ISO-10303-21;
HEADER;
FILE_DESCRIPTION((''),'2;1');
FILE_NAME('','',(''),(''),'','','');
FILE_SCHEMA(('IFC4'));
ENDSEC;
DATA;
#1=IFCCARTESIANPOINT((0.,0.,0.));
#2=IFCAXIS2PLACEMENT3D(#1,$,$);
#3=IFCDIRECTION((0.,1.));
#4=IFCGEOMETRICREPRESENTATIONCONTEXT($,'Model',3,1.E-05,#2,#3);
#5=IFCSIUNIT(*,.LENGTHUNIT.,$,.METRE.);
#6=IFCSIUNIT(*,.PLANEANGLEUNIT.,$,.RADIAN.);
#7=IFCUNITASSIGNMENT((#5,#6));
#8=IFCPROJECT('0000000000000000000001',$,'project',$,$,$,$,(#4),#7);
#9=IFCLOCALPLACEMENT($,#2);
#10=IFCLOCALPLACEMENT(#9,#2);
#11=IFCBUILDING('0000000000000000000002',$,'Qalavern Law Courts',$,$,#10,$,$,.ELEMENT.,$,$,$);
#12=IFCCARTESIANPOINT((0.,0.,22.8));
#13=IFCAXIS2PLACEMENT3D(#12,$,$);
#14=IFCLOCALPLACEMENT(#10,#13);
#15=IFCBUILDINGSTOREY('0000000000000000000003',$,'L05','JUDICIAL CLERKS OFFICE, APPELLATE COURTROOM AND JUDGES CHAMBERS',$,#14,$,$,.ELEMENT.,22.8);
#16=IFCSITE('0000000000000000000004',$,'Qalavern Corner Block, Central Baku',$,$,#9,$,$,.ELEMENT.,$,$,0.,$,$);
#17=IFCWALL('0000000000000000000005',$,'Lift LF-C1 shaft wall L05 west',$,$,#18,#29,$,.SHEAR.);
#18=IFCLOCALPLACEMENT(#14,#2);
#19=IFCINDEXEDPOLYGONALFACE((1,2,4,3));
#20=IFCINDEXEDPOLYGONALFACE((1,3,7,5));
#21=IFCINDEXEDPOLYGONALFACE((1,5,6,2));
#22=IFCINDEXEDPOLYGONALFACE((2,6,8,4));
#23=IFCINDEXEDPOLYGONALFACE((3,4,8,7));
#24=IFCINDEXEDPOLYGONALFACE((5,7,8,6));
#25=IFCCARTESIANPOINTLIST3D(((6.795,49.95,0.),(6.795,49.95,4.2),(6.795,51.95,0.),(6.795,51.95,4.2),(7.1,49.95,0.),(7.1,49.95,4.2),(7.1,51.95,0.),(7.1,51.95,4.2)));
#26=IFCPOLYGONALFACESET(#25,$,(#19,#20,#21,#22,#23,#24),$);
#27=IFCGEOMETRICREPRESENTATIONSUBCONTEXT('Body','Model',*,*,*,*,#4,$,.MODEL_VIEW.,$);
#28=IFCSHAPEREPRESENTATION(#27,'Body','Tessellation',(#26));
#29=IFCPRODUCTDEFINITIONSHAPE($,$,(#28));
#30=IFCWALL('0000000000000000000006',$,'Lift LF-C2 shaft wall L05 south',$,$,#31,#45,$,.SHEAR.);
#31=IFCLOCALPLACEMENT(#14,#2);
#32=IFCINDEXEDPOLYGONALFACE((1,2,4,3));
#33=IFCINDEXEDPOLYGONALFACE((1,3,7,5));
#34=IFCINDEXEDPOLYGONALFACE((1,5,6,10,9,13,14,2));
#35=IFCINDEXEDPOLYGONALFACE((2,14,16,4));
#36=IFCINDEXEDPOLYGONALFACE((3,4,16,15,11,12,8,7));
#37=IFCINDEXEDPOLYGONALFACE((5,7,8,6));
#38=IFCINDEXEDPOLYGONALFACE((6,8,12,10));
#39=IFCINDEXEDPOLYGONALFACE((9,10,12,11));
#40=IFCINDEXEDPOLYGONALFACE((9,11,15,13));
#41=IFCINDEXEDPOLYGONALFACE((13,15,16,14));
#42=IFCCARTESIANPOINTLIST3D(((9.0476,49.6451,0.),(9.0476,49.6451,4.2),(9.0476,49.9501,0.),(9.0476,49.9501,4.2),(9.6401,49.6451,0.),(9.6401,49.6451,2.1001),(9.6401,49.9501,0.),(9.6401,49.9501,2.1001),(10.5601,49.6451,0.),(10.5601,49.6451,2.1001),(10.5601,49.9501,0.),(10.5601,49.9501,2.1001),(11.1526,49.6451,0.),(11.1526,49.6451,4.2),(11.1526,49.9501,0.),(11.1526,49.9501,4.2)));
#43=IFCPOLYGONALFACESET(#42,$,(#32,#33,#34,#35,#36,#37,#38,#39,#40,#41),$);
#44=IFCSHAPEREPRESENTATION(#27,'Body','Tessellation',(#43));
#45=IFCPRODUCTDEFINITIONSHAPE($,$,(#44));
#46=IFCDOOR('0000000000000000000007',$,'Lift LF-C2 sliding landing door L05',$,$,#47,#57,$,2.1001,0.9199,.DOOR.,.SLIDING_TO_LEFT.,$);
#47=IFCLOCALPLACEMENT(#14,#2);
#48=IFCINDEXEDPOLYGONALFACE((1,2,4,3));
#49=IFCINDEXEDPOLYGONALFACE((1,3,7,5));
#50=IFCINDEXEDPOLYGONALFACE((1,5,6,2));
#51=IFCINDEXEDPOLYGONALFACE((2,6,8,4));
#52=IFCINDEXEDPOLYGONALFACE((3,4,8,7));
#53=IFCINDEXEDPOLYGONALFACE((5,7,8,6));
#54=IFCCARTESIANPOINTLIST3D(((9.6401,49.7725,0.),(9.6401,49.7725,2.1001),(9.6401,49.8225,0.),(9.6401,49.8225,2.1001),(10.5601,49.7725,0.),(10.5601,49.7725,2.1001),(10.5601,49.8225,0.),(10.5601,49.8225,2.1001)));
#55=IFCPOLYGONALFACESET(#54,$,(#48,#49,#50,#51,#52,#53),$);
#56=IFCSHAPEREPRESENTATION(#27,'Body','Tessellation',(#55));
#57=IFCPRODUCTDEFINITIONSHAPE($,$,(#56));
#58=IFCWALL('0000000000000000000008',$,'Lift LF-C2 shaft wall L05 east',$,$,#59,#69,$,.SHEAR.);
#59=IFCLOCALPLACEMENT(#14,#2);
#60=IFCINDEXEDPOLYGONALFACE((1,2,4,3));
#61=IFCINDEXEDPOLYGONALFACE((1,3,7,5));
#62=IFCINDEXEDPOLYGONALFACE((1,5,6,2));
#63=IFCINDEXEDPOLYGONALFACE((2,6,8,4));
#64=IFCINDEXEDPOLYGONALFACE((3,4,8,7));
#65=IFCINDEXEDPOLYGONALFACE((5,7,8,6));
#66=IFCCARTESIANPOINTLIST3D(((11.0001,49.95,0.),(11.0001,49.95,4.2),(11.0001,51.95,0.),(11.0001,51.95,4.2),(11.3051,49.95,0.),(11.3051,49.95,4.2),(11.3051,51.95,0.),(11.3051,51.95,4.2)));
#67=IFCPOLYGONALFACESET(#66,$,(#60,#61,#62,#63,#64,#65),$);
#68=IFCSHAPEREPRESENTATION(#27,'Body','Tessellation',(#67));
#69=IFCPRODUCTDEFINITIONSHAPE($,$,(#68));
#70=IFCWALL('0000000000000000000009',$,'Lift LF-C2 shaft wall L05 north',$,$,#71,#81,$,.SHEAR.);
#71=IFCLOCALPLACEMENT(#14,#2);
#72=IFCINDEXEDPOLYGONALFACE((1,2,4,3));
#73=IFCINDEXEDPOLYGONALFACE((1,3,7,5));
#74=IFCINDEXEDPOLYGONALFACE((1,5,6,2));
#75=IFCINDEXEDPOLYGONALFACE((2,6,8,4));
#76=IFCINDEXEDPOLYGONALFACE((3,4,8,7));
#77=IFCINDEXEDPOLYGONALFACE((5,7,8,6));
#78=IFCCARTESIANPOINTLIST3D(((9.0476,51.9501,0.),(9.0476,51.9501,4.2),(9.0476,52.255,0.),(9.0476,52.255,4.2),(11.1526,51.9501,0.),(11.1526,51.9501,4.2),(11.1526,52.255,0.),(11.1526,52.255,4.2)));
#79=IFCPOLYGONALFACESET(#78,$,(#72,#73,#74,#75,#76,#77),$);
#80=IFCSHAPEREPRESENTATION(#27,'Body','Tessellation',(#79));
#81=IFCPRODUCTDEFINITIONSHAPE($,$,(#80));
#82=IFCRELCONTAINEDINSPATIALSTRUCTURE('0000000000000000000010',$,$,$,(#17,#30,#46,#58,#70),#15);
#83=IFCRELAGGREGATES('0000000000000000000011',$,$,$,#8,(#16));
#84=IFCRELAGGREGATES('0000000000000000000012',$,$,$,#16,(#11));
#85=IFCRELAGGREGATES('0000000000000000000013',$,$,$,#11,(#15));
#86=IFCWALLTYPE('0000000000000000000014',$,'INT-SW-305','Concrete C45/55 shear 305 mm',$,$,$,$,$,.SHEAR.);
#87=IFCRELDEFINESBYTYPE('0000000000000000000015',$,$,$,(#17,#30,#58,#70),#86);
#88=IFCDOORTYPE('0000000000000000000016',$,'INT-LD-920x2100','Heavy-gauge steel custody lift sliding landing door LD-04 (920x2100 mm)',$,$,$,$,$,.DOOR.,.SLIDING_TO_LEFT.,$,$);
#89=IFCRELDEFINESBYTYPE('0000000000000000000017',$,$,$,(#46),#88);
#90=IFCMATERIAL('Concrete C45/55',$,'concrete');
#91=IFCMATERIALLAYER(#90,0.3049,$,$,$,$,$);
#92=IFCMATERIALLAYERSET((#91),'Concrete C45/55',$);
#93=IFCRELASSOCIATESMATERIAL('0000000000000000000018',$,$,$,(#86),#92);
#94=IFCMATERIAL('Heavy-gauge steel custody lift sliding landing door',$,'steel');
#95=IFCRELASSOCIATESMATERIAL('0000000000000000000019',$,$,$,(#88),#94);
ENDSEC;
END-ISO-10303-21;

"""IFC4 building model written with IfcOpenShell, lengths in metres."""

from ifc_helpers import new_model, si_unit, direction, frame, frame_2d, origin, place, context, subcontext, project, spatial, rectangle, extrude, material, layer, layer_set, type_object, element, fill, save


model = new_model("IFC4")

# Units and contexts
model_context = context("Model", 3, precision=1e-05, world=origin(), true_north=direction((0.0, 1.0)))
body_context = subcontext(model_context, "Body", "Model", "MODEL_VIEW")
ifc_project = project(units=[si_unit("LENGTHUNIT", "METRE"), si_unit("PLANEANGLEUNIT", "RADIAN")], contexts=[model_context])

# Site, building, storey
site_placement = place(None, origin())
site = spatial("IfcSite", under=ifc_project, at=site_placement, Name="Qalavern Corner Block, Central Baku", CompositionType="ELEMENT", RefElevation=0.0)
building_placement = place(site_placement, origin())
building = spatial("IfcBuilding", under=site, at=building_placement, Name="Qalavern Law Courts", CompositionType="ELEMENT")
storey_placement = place(building_placement, frame((0.0, 0.0, 22.8)))
storey = spatial("IfcBuildingStorey", under=building, at=storey_placement, Name="L05", Description="JUDICIAL CLERKS OFFICE, APPELLATE COURTROOM AND JUDGES CHAMBERS", CompositionType="ELEMENT", Elevation=22.8)

# Shared definitions
ifc_material_1 = material(Name="Concrete C45/55", Category="concrete")

# Shared definitions
ifc_layer_1 = layer(ifc_material_1, 0.3049)
ifc_layer_set_1 = layer_set([ifc_layer_1], Name="Concrete C45/55")
wall_type_1 = type_object("IfcWallType", Name="INT-SW-305", Description="Concrete C45/55 shear 305 mm", PredefinedType="SHEAR", material=ifc_layer_set_1)
ifc_material_2 = material(Name="Heavy-gauge steel custody lift sliding landing door", Category="steel")
door_type_1 = type_object("IfcDoorType", Name="INT-LD-920x2100", Description="Heavy-gauge steel custody lift sliding landing door LD-04 (920x2100 mm)", OperationType="SLIDING_TO_LEFT", PredefinedType="DOOR", material=ifc_material_2)

# Wall
wall_1_placement = place(storey_placement, frame((6.9475, 51.95, 0.0), z_axis=(0.0, 0.0, 1.0), x_axis=(0.0, -1.0, 0.0)))
element("IfcWall", 1, at=wall_1_placement, inside=storey, type_object=wall_type_1, Name="Lift LF-C1 shaft wall L05 west", PredefinedType="SHEAR", context=body_context, shape_type="SweptSolid", body=[
    extrude(rectangle(XDim=2.0, YDim=0.3049, at=frame_2d((1.0, 0.0))), origin(), (0.0, 0.0, 1.0), 4.2),
])

# Wall, opening, door
wall_2_placement = place(storey_placement, frame((9.0476, 49.7976, 0.0), z_axis=(0.0, 0.0, 1.0), x_axis=(1.0, 0.0, 0.0)))
wall_2 = element("IfcWall", 2, at=wall_2_placement, inside=storey, type_object=wall_type_1, Name="Lift LF-C2 shaft wall L05 south", PredefinedType="SHEAR", context=body_context, shape_type="SweptSolid", body=[
    extrude(rectangle(XDim=2.105, YDim=0.3049, at=frame_2d((1.0525, 0.0))), origin(), (0.0, 0.0, 1.0), 4.2),
])
opening_1_placement = place(wall_2_placement, frame((0.5925, 0.0, 0.0)))
opening_1 = element("IfcOpeningElement", 3, at=opening_1_placement, cuts=wall_2, PredefinedType="OPENING", context=body_context, shape_type="SweptSolid", body=[
    extrude(rectangle(XDim=0.9199, YDim=2.1001, at=frame_2d((0.46, 1.05))), frame((0.0, 0.1675, 0.0), z_axis=(0.0, -1.0, 0.0), x_axis=(1.0, 0.0, 0.0)), (0.0, 0.0, 1.0), 0.3347),
])
door_1_placement = place(opening_1_placement, origin())
door_1 = element("IfcDoor", 4, at=door_1_placement, inside=storey, type_object=door_type_1, Name="Lift LF-C2 sliding landing door L05", OperationType="SLIDING_TO_LEFT", OverallHeight=2.1001, OverallWidth=0.9199, PredefinedType="DOOR", context=body_context, shape_type="SweptSolid", body=[
    extrude(rectangle(XDim=0.9199, YDim=2.1001, at=frame_2d((0.46, 1.05))), frame((0.0, 0.0249, 0.0), z_axis=(0.0, -1.0, 0.0), x_axis=(1.0, 0.0, 0.0)), (0.0, 0.0, 1.0), 0.05),
])
fill(opening_1, door_1)

# Walls
wall_3_placement = place(storey_placement, frame((11.1526, 49.95, 0.0), z_axis=(0.0, 0.0, 1.0), x_axis=(0.0, 1.0, 0.0)))
element("IfcWall", 5, at=wall_3_placement, inside=storey, type_object=wall_type_1, Name="Lift LF-C2 shaft wall L05 east", PredefinedType="SHEAR", context=body_context, shape_type="SweptSolid", body=[
    extrude(rectangle(XDim=2.0, YDim=0.3049, at=frame_2d((1.0, 0.0))), origin(), (0.0, 0.0, 1.0), 4.2),
])
wall_4_placement = place(storey_placement, frame((11.1526, 52.1025, 0.0), z_axis=(0.0, 0.0, 1.0), x_axis=(-1.0, 0.0, 0.0)))
element("IfcWall", 6, at=wall_4_placement, inside=storey, type_object=wall_type_1, Name="Lift LF-C2 shaft wall L05 north", PredefinedType="SHEAR", context=body_context, shape_type="SweptSolid", body=[
    extrude(rectangle(XDim=2.105, YDim=0.3049, at=frame_2d((1.0525, 0.0))), origin(), (0.0, 0.0, 1.0), 4.2),
])

save(model, "model.ifc")
